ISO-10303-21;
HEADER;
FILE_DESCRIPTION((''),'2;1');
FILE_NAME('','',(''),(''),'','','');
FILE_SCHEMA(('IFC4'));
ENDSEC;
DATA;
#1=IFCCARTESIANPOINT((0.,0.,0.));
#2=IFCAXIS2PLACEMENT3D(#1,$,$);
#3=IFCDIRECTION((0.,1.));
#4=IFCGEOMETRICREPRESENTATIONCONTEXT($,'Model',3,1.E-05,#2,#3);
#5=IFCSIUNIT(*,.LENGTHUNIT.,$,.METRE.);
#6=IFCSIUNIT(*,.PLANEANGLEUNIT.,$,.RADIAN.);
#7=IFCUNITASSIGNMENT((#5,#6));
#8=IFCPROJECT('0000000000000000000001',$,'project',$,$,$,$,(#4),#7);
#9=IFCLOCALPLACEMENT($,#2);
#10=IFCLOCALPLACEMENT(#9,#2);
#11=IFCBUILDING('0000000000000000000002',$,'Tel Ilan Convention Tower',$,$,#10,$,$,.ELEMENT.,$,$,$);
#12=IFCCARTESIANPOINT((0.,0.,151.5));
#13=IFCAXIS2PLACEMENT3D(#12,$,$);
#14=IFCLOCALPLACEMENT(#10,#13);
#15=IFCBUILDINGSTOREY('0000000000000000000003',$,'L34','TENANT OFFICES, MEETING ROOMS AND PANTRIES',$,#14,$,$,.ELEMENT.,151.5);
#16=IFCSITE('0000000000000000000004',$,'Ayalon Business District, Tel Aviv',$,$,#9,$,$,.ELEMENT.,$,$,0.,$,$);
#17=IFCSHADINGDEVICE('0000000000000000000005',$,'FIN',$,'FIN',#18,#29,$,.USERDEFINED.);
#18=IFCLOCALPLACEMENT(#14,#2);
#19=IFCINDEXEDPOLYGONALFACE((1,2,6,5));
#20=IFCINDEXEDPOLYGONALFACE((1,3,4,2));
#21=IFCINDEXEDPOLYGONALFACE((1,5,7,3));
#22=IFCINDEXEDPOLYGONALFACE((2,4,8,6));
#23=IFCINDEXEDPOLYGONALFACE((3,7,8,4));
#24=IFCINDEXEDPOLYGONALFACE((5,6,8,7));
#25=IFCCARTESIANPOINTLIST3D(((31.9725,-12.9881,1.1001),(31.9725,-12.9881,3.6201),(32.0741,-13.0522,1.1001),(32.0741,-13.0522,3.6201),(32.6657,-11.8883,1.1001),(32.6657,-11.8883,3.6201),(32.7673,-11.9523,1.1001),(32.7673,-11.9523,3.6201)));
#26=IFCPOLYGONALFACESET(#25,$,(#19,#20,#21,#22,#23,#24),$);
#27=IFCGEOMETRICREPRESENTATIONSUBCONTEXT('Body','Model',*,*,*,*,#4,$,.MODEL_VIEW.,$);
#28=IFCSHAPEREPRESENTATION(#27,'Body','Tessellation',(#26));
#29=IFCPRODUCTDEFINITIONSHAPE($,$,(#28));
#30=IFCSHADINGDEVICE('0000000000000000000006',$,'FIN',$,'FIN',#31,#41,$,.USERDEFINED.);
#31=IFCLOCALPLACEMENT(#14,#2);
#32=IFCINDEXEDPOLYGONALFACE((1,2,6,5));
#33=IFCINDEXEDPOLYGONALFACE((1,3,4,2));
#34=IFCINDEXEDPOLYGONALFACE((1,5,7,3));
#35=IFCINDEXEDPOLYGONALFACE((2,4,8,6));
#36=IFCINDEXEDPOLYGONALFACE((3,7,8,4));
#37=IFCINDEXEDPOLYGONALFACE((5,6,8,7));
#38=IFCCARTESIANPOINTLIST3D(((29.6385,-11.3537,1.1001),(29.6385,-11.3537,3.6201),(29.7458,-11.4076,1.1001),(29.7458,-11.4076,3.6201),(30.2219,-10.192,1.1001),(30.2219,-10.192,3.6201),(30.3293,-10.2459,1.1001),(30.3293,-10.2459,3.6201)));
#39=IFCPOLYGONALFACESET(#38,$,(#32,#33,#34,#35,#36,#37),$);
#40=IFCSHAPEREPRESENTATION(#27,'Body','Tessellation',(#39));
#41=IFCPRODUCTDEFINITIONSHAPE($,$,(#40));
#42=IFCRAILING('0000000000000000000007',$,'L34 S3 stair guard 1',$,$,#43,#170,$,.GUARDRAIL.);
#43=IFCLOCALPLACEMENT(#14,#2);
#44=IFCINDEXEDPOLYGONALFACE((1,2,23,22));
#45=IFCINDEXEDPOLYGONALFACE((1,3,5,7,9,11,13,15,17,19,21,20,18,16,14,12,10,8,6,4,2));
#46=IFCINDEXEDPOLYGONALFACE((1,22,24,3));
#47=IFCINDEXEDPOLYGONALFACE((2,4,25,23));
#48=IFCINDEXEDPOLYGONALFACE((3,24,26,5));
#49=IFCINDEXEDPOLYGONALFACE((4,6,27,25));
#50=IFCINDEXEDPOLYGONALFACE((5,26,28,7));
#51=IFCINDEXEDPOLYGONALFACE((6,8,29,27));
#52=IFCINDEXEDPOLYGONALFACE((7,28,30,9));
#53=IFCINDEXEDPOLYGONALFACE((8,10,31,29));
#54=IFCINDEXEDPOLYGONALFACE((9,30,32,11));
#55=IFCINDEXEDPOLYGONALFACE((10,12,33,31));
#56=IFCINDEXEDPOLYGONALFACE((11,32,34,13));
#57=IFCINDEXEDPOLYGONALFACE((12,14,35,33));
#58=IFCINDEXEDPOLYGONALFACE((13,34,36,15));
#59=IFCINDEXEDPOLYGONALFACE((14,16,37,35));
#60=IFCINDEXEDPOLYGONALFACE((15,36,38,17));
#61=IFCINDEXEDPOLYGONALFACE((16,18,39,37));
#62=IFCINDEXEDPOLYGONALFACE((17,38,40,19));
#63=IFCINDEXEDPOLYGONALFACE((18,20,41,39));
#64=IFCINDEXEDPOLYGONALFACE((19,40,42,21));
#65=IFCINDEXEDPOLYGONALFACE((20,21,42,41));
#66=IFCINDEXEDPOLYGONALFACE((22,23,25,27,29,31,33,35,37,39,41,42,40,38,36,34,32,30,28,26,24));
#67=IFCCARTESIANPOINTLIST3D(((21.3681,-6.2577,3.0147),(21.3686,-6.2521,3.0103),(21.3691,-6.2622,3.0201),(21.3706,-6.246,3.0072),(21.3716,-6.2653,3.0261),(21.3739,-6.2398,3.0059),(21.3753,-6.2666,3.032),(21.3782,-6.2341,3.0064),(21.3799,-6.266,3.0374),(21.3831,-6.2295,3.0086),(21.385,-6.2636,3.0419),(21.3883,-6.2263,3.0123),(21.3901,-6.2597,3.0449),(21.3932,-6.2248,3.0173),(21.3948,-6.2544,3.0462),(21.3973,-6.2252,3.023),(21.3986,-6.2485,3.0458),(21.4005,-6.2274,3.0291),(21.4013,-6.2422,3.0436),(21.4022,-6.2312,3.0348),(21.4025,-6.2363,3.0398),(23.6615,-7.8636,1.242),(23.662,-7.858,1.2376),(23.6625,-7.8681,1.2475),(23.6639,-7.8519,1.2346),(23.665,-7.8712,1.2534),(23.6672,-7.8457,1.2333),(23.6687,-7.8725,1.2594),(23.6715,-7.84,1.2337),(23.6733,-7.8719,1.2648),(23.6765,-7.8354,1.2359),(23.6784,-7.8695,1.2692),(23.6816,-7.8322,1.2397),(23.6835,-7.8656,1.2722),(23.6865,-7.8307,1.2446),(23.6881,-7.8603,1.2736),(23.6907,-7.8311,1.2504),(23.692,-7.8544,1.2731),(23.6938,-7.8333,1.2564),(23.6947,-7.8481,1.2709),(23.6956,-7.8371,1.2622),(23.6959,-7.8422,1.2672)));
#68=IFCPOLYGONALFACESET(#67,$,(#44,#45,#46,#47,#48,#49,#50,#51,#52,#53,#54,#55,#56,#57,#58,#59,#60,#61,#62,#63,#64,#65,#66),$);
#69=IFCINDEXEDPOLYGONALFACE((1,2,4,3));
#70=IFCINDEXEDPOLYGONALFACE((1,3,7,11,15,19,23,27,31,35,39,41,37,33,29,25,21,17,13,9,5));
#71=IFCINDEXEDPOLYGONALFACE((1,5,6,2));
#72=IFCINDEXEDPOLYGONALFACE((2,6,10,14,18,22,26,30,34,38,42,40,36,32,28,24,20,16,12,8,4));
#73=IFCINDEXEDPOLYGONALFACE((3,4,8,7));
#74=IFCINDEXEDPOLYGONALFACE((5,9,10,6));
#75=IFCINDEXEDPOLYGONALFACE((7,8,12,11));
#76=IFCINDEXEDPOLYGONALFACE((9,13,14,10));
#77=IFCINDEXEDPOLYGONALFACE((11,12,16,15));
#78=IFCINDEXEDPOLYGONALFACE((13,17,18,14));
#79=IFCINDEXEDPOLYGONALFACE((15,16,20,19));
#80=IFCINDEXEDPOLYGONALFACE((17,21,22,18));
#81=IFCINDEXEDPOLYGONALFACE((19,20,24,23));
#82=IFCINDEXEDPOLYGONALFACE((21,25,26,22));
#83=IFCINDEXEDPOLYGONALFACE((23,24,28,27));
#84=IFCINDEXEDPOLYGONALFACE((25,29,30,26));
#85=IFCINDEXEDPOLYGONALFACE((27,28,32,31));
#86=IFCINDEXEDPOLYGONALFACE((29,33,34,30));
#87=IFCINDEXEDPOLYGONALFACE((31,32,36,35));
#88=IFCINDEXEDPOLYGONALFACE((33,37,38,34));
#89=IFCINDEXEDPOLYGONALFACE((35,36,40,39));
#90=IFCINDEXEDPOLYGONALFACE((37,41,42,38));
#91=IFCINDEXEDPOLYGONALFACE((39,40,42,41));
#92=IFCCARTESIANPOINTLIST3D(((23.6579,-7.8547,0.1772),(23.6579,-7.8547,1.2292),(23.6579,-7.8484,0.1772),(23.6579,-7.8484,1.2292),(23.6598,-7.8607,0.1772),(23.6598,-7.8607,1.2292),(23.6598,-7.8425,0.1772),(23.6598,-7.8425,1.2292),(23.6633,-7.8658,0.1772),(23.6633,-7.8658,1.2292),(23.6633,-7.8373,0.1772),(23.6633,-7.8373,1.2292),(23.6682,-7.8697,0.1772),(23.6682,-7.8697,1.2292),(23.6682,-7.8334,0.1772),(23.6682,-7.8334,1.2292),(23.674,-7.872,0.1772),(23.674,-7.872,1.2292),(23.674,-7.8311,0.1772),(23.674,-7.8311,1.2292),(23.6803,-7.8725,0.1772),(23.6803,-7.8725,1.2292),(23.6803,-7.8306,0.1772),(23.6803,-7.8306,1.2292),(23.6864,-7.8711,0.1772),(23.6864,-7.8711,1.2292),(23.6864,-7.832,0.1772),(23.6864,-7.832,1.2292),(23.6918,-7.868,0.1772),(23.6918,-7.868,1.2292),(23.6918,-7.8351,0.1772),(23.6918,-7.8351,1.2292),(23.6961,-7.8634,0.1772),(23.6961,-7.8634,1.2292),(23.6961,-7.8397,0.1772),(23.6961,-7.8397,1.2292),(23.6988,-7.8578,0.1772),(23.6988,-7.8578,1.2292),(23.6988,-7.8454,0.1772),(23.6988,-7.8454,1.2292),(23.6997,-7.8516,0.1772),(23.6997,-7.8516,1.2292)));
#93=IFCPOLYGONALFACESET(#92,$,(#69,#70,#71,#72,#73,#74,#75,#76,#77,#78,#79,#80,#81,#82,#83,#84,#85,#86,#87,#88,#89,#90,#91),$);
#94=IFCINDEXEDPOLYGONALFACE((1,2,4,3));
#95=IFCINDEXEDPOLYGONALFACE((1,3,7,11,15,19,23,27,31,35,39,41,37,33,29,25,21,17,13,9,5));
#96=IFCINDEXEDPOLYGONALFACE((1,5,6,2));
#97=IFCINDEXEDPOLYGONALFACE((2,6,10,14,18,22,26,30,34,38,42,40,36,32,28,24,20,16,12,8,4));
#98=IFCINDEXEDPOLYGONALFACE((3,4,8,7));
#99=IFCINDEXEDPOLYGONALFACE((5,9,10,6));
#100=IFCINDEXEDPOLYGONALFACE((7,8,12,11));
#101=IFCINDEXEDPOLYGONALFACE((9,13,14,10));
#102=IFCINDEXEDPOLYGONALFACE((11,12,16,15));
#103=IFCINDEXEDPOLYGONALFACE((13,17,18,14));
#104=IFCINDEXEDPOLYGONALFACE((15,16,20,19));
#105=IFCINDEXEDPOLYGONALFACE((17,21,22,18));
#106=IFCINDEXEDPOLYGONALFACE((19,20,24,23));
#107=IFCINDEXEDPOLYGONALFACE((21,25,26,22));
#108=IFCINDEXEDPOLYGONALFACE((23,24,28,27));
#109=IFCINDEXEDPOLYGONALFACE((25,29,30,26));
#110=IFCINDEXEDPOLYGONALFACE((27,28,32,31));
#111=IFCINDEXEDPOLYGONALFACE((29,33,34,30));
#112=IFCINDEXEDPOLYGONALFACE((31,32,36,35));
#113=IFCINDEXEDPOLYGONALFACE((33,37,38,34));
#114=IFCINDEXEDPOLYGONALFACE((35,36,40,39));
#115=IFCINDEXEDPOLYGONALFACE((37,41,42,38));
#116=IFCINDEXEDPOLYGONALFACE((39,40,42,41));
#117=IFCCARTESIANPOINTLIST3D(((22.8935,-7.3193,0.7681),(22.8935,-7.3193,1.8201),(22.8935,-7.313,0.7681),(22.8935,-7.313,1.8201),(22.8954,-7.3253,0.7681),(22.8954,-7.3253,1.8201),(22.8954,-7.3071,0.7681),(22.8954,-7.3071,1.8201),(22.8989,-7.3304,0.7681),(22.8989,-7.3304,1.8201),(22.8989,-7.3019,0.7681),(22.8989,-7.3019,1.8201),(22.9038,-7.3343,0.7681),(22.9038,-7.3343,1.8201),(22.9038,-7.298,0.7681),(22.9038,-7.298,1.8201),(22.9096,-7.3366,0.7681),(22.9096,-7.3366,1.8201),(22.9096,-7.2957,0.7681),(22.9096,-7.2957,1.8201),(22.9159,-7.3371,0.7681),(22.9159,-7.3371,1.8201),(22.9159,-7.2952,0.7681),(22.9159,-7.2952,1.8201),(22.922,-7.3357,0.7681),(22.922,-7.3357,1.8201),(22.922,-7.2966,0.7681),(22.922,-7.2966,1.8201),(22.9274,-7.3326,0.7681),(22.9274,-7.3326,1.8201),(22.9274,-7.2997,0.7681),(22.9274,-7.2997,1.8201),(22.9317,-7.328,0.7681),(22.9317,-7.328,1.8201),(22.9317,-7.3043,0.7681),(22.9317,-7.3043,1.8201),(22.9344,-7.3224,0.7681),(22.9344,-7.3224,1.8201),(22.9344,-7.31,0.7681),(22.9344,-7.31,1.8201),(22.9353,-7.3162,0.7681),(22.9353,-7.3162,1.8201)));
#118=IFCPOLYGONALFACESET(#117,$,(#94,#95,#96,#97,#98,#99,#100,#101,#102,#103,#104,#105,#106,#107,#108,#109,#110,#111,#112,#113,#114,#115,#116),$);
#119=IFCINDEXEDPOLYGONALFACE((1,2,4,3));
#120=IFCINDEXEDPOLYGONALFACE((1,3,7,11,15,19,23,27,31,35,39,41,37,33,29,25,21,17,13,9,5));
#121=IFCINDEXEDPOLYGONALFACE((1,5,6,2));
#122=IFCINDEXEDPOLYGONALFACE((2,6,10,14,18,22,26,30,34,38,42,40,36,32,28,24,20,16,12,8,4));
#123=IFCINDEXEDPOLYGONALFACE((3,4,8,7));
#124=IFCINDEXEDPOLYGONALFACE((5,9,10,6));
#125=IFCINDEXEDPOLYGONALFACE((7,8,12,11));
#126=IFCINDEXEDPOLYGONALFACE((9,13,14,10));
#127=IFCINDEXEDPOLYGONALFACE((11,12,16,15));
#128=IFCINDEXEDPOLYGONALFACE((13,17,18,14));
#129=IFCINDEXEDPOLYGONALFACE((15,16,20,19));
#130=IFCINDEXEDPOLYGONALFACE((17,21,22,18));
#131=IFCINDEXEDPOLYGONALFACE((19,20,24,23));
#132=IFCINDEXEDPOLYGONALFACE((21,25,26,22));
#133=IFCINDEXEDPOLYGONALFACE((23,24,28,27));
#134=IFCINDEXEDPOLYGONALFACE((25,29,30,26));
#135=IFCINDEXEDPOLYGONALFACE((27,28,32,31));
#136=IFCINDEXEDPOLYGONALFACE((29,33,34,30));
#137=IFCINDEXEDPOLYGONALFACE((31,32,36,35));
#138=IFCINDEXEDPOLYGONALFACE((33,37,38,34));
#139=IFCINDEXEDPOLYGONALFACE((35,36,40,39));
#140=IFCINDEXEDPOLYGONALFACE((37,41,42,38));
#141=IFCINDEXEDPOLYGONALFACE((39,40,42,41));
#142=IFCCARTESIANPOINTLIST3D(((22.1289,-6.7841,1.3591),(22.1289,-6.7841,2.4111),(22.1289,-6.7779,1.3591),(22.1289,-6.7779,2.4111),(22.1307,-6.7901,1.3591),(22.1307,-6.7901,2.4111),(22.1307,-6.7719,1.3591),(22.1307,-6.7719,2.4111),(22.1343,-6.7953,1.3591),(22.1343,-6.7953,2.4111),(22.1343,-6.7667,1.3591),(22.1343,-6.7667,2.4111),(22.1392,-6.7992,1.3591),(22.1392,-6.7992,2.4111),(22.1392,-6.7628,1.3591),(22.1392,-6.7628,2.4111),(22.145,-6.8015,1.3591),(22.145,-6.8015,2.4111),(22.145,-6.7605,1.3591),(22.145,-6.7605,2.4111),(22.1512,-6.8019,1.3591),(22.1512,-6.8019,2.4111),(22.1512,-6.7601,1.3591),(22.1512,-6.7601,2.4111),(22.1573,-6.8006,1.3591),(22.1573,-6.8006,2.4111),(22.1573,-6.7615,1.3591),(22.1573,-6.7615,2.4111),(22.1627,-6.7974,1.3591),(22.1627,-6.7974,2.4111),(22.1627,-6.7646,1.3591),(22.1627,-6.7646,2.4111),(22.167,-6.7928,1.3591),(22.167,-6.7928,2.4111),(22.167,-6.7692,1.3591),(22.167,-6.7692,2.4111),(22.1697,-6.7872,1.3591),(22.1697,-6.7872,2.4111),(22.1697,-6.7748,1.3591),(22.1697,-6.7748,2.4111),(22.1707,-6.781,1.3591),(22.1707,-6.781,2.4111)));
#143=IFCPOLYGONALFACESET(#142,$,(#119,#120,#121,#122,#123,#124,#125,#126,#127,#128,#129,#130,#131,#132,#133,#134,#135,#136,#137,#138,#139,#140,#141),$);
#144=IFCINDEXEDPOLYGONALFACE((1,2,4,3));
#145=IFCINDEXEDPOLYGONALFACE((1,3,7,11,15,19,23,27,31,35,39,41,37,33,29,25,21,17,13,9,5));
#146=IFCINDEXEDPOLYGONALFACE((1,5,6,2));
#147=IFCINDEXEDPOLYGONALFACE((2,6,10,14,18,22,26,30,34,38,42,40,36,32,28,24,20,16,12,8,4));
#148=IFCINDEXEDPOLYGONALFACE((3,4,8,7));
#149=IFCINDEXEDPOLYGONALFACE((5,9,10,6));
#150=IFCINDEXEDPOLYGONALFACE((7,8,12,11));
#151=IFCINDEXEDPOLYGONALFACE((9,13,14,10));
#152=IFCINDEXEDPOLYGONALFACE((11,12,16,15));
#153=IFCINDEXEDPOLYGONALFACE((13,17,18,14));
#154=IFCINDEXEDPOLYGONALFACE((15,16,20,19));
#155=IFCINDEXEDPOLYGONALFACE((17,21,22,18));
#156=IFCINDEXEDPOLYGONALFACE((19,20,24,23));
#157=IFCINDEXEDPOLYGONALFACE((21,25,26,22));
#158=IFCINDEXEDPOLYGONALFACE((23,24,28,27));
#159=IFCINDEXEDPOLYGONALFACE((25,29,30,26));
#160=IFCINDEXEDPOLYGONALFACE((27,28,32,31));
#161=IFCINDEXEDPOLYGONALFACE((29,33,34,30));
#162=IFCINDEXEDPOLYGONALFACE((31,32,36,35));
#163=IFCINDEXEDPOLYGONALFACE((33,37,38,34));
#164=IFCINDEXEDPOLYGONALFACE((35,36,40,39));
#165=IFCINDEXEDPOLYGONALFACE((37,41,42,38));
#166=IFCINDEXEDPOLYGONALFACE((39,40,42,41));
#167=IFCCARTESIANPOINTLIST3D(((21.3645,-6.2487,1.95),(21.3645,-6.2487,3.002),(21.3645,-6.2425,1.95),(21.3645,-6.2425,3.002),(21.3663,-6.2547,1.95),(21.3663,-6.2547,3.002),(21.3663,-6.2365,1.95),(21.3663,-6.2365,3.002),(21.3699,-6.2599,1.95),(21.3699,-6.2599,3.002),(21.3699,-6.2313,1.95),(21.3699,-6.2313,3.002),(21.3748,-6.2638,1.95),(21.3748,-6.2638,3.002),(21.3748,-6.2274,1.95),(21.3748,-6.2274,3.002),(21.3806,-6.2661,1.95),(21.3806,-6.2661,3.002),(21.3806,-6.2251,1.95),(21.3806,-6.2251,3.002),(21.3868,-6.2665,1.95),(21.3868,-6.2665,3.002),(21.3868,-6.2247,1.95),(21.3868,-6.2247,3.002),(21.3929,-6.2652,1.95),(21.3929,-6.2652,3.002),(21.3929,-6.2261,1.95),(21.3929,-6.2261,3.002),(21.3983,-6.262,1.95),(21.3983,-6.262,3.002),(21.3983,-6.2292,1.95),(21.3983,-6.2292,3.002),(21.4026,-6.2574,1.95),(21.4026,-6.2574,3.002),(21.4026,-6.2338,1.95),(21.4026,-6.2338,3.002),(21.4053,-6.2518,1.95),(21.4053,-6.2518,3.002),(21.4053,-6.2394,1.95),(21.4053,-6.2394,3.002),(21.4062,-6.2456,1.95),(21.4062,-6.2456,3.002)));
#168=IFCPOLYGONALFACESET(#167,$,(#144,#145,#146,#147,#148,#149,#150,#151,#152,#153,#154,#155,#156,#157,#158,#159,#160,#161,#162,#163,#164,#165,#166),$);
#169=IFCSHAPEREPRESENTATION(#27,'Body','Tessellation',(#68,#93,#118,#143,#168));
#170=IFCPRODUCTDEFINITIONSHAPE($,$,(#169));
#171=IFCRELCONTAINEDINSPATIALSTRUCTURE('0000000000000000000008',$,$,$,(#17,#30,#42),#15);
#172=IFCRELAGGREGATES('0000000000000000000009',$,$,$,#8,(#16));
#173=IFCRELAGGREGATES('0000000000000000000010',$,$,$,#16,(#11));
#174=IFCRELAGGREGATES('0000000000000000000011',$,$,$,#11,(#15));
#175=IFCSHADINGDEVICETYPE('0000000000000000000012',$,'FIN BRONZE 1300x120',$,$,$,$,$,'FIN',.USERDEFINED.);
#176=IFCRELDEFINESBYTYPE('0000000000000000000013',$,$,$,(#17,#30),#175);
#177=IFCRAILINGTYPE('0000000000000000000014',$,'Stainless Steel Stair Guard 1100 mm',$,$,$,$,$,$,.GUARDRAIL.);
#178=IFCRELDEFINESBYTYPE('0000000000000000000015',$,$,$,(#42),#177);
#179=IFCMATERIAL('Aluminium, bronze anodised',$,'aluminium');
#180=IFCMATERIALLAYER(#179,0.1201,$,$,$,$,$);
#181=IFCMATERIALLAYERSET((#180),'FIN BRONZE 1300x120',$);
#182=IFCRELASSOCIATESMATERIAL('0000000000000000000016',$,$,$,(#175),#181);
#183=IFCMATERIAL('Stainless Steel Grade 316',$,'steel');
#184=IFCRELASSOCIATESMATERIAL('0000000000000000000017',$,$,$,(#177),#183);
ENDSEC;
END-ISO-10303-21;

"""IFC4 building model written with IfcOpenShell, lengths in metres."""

from ifc_helpers import new_model, si_unit, direction, frame, origin, origin_2d, place, context, subcontext, project, spatial, rectangle, circle, extrude, material, layer, layer_set, type_object, element, save


model = new_model("IFC4")

# Units and contexts
model_context = context("Model", 3, precision=1e-05, world=origin(), true_north=direction((0.0, 1.0)))
body_context = subcontext(model_context, "Body", "Model", "MODEL_VIEW")
ifc_project = project(units=[si_unit("LENGTHUNIT", "METRE"), si_unit("PLANEANGLEUNIT", "RADIAN")], contexts=[model_context])

# Site, building, storey
site_placement = place(None, origin())
site = spatial("IfcSite", under=ifc_project, at=site_placement, Name="Ayalon Business District, Tel Aviv", CompositionType="ELEMENT", RefElevation=0.0)
building_placement = place(site_placement, origin())
building = spatial("IfcBuilding", under=site, at=building_placement, Name="Tel Ilan Convention Tower", CompositionType="ELEMENT")
storey_placement = place(building_placement, frame((0.0, 0.0, 151.5)))
storey = spatial("IfcBuildingStorey", under=building, at=storey_placement, Name="L34", Description="TENANT OFFICES, MEETING ROOMS AND PANTRIES", CompositionType="ELEMENT", Elevation=151.5)

# Shading devices
ifc_material_1 = material(Name="Aluminium, bronze anodised", Category="aluminium")
ifc_layer_1 = layer(ifc_material_1, 0.1201)
ifc_layer_set_1 = layer_set([ifc_layer_1], Name="FIN BRONZE 1300x120")
shading_device_type = type_object("IfcShadingDeviceType", Name="FIN BRONZE 1300x120", ElementType="FIN", PredefinedType="USERDEFINED", material=ifc_layer_set_1)
for number, where, z_axis, x_axis, name in (
    (1, (32.3699, -12.4702, 1.1001), (0.0, 0.0, 1.0), (0.533204, 0.845986, 0.0), "FIN"),
    (2, (29.9839, -10.7998, 1.1001), (0.0, 0.0, 1.0), (0.448799, 0.893633, 0.0), "FIN"),
):
    element("IfcShadingDevice", number, at=place(storey_placement, frame(where, z_axis=z_axis, x_axis=x_axis)), inside=storey, type_object=shading_device_type, Name=name, ObjectType="FIN", PredefinedType="USERDEFINED", context=body_context, shape_type="SweptSolid", body=[
        extrude(rectangle(XDim=1.3, YDim=0.1201, at=origin_2d()), origin(), (0.0, 0.0, 1.0), 2.52),
    ])

# Railing
ifc_material_2 = material(Name="Stainless Steel Grade 316", Category="steel")
railing_type_1 = type_object("IfcRailingType", Name="Stainless Steel Stair Guard 1100 mm", PredefinedType="GUARDRAIL", material=ifc_material_2)
railing_1_placement = place(storey_placement, frame((23.6787, -7.8516, 0.1772)))
element("IfcRailing", 3, at=railing_1_placement, inside=storey, type_object=railing_type_1, Name="L34 S3 stair guard 1", PredefinedType="GUARDRAIL", context=body_context, shape_type="SweptSolid", body=[
    extrude(circle(Radius=0.0239, at=origin_2d()), frame((0.0, 0.0, 1.0762), z_axis=(-0.692085, 0.484621, 0.53494), x_axis=(-0.573591, -0.819142, 0.0)), (0.0, 0.0, 1.0), 3.3137),
    extrude(circle(Radius=0.021, at=origin_2d()), origin(), (0.0, 0.0, 1.0), 1.052),
    extrude(circle(Radius=0.021, at=origin_2d()), frame((-0.7644, 0.5354, 0.5908)), (0.0, 0.0, 1.0), 1.052),
    extrude(circle(Radius=0.021, at=origin_2d()), frame((-1.5291, 1.0706, 1.1819)), (0.0, 0.0, 1.0), 1.052),
    extrude(circle(Radius=0.021, at=origin_2d()), frame((-2.2935, 1.606, 1.7727)), (0.0, 0.0, 1.0), 1.052),
])

save(model, "model.ifc")
